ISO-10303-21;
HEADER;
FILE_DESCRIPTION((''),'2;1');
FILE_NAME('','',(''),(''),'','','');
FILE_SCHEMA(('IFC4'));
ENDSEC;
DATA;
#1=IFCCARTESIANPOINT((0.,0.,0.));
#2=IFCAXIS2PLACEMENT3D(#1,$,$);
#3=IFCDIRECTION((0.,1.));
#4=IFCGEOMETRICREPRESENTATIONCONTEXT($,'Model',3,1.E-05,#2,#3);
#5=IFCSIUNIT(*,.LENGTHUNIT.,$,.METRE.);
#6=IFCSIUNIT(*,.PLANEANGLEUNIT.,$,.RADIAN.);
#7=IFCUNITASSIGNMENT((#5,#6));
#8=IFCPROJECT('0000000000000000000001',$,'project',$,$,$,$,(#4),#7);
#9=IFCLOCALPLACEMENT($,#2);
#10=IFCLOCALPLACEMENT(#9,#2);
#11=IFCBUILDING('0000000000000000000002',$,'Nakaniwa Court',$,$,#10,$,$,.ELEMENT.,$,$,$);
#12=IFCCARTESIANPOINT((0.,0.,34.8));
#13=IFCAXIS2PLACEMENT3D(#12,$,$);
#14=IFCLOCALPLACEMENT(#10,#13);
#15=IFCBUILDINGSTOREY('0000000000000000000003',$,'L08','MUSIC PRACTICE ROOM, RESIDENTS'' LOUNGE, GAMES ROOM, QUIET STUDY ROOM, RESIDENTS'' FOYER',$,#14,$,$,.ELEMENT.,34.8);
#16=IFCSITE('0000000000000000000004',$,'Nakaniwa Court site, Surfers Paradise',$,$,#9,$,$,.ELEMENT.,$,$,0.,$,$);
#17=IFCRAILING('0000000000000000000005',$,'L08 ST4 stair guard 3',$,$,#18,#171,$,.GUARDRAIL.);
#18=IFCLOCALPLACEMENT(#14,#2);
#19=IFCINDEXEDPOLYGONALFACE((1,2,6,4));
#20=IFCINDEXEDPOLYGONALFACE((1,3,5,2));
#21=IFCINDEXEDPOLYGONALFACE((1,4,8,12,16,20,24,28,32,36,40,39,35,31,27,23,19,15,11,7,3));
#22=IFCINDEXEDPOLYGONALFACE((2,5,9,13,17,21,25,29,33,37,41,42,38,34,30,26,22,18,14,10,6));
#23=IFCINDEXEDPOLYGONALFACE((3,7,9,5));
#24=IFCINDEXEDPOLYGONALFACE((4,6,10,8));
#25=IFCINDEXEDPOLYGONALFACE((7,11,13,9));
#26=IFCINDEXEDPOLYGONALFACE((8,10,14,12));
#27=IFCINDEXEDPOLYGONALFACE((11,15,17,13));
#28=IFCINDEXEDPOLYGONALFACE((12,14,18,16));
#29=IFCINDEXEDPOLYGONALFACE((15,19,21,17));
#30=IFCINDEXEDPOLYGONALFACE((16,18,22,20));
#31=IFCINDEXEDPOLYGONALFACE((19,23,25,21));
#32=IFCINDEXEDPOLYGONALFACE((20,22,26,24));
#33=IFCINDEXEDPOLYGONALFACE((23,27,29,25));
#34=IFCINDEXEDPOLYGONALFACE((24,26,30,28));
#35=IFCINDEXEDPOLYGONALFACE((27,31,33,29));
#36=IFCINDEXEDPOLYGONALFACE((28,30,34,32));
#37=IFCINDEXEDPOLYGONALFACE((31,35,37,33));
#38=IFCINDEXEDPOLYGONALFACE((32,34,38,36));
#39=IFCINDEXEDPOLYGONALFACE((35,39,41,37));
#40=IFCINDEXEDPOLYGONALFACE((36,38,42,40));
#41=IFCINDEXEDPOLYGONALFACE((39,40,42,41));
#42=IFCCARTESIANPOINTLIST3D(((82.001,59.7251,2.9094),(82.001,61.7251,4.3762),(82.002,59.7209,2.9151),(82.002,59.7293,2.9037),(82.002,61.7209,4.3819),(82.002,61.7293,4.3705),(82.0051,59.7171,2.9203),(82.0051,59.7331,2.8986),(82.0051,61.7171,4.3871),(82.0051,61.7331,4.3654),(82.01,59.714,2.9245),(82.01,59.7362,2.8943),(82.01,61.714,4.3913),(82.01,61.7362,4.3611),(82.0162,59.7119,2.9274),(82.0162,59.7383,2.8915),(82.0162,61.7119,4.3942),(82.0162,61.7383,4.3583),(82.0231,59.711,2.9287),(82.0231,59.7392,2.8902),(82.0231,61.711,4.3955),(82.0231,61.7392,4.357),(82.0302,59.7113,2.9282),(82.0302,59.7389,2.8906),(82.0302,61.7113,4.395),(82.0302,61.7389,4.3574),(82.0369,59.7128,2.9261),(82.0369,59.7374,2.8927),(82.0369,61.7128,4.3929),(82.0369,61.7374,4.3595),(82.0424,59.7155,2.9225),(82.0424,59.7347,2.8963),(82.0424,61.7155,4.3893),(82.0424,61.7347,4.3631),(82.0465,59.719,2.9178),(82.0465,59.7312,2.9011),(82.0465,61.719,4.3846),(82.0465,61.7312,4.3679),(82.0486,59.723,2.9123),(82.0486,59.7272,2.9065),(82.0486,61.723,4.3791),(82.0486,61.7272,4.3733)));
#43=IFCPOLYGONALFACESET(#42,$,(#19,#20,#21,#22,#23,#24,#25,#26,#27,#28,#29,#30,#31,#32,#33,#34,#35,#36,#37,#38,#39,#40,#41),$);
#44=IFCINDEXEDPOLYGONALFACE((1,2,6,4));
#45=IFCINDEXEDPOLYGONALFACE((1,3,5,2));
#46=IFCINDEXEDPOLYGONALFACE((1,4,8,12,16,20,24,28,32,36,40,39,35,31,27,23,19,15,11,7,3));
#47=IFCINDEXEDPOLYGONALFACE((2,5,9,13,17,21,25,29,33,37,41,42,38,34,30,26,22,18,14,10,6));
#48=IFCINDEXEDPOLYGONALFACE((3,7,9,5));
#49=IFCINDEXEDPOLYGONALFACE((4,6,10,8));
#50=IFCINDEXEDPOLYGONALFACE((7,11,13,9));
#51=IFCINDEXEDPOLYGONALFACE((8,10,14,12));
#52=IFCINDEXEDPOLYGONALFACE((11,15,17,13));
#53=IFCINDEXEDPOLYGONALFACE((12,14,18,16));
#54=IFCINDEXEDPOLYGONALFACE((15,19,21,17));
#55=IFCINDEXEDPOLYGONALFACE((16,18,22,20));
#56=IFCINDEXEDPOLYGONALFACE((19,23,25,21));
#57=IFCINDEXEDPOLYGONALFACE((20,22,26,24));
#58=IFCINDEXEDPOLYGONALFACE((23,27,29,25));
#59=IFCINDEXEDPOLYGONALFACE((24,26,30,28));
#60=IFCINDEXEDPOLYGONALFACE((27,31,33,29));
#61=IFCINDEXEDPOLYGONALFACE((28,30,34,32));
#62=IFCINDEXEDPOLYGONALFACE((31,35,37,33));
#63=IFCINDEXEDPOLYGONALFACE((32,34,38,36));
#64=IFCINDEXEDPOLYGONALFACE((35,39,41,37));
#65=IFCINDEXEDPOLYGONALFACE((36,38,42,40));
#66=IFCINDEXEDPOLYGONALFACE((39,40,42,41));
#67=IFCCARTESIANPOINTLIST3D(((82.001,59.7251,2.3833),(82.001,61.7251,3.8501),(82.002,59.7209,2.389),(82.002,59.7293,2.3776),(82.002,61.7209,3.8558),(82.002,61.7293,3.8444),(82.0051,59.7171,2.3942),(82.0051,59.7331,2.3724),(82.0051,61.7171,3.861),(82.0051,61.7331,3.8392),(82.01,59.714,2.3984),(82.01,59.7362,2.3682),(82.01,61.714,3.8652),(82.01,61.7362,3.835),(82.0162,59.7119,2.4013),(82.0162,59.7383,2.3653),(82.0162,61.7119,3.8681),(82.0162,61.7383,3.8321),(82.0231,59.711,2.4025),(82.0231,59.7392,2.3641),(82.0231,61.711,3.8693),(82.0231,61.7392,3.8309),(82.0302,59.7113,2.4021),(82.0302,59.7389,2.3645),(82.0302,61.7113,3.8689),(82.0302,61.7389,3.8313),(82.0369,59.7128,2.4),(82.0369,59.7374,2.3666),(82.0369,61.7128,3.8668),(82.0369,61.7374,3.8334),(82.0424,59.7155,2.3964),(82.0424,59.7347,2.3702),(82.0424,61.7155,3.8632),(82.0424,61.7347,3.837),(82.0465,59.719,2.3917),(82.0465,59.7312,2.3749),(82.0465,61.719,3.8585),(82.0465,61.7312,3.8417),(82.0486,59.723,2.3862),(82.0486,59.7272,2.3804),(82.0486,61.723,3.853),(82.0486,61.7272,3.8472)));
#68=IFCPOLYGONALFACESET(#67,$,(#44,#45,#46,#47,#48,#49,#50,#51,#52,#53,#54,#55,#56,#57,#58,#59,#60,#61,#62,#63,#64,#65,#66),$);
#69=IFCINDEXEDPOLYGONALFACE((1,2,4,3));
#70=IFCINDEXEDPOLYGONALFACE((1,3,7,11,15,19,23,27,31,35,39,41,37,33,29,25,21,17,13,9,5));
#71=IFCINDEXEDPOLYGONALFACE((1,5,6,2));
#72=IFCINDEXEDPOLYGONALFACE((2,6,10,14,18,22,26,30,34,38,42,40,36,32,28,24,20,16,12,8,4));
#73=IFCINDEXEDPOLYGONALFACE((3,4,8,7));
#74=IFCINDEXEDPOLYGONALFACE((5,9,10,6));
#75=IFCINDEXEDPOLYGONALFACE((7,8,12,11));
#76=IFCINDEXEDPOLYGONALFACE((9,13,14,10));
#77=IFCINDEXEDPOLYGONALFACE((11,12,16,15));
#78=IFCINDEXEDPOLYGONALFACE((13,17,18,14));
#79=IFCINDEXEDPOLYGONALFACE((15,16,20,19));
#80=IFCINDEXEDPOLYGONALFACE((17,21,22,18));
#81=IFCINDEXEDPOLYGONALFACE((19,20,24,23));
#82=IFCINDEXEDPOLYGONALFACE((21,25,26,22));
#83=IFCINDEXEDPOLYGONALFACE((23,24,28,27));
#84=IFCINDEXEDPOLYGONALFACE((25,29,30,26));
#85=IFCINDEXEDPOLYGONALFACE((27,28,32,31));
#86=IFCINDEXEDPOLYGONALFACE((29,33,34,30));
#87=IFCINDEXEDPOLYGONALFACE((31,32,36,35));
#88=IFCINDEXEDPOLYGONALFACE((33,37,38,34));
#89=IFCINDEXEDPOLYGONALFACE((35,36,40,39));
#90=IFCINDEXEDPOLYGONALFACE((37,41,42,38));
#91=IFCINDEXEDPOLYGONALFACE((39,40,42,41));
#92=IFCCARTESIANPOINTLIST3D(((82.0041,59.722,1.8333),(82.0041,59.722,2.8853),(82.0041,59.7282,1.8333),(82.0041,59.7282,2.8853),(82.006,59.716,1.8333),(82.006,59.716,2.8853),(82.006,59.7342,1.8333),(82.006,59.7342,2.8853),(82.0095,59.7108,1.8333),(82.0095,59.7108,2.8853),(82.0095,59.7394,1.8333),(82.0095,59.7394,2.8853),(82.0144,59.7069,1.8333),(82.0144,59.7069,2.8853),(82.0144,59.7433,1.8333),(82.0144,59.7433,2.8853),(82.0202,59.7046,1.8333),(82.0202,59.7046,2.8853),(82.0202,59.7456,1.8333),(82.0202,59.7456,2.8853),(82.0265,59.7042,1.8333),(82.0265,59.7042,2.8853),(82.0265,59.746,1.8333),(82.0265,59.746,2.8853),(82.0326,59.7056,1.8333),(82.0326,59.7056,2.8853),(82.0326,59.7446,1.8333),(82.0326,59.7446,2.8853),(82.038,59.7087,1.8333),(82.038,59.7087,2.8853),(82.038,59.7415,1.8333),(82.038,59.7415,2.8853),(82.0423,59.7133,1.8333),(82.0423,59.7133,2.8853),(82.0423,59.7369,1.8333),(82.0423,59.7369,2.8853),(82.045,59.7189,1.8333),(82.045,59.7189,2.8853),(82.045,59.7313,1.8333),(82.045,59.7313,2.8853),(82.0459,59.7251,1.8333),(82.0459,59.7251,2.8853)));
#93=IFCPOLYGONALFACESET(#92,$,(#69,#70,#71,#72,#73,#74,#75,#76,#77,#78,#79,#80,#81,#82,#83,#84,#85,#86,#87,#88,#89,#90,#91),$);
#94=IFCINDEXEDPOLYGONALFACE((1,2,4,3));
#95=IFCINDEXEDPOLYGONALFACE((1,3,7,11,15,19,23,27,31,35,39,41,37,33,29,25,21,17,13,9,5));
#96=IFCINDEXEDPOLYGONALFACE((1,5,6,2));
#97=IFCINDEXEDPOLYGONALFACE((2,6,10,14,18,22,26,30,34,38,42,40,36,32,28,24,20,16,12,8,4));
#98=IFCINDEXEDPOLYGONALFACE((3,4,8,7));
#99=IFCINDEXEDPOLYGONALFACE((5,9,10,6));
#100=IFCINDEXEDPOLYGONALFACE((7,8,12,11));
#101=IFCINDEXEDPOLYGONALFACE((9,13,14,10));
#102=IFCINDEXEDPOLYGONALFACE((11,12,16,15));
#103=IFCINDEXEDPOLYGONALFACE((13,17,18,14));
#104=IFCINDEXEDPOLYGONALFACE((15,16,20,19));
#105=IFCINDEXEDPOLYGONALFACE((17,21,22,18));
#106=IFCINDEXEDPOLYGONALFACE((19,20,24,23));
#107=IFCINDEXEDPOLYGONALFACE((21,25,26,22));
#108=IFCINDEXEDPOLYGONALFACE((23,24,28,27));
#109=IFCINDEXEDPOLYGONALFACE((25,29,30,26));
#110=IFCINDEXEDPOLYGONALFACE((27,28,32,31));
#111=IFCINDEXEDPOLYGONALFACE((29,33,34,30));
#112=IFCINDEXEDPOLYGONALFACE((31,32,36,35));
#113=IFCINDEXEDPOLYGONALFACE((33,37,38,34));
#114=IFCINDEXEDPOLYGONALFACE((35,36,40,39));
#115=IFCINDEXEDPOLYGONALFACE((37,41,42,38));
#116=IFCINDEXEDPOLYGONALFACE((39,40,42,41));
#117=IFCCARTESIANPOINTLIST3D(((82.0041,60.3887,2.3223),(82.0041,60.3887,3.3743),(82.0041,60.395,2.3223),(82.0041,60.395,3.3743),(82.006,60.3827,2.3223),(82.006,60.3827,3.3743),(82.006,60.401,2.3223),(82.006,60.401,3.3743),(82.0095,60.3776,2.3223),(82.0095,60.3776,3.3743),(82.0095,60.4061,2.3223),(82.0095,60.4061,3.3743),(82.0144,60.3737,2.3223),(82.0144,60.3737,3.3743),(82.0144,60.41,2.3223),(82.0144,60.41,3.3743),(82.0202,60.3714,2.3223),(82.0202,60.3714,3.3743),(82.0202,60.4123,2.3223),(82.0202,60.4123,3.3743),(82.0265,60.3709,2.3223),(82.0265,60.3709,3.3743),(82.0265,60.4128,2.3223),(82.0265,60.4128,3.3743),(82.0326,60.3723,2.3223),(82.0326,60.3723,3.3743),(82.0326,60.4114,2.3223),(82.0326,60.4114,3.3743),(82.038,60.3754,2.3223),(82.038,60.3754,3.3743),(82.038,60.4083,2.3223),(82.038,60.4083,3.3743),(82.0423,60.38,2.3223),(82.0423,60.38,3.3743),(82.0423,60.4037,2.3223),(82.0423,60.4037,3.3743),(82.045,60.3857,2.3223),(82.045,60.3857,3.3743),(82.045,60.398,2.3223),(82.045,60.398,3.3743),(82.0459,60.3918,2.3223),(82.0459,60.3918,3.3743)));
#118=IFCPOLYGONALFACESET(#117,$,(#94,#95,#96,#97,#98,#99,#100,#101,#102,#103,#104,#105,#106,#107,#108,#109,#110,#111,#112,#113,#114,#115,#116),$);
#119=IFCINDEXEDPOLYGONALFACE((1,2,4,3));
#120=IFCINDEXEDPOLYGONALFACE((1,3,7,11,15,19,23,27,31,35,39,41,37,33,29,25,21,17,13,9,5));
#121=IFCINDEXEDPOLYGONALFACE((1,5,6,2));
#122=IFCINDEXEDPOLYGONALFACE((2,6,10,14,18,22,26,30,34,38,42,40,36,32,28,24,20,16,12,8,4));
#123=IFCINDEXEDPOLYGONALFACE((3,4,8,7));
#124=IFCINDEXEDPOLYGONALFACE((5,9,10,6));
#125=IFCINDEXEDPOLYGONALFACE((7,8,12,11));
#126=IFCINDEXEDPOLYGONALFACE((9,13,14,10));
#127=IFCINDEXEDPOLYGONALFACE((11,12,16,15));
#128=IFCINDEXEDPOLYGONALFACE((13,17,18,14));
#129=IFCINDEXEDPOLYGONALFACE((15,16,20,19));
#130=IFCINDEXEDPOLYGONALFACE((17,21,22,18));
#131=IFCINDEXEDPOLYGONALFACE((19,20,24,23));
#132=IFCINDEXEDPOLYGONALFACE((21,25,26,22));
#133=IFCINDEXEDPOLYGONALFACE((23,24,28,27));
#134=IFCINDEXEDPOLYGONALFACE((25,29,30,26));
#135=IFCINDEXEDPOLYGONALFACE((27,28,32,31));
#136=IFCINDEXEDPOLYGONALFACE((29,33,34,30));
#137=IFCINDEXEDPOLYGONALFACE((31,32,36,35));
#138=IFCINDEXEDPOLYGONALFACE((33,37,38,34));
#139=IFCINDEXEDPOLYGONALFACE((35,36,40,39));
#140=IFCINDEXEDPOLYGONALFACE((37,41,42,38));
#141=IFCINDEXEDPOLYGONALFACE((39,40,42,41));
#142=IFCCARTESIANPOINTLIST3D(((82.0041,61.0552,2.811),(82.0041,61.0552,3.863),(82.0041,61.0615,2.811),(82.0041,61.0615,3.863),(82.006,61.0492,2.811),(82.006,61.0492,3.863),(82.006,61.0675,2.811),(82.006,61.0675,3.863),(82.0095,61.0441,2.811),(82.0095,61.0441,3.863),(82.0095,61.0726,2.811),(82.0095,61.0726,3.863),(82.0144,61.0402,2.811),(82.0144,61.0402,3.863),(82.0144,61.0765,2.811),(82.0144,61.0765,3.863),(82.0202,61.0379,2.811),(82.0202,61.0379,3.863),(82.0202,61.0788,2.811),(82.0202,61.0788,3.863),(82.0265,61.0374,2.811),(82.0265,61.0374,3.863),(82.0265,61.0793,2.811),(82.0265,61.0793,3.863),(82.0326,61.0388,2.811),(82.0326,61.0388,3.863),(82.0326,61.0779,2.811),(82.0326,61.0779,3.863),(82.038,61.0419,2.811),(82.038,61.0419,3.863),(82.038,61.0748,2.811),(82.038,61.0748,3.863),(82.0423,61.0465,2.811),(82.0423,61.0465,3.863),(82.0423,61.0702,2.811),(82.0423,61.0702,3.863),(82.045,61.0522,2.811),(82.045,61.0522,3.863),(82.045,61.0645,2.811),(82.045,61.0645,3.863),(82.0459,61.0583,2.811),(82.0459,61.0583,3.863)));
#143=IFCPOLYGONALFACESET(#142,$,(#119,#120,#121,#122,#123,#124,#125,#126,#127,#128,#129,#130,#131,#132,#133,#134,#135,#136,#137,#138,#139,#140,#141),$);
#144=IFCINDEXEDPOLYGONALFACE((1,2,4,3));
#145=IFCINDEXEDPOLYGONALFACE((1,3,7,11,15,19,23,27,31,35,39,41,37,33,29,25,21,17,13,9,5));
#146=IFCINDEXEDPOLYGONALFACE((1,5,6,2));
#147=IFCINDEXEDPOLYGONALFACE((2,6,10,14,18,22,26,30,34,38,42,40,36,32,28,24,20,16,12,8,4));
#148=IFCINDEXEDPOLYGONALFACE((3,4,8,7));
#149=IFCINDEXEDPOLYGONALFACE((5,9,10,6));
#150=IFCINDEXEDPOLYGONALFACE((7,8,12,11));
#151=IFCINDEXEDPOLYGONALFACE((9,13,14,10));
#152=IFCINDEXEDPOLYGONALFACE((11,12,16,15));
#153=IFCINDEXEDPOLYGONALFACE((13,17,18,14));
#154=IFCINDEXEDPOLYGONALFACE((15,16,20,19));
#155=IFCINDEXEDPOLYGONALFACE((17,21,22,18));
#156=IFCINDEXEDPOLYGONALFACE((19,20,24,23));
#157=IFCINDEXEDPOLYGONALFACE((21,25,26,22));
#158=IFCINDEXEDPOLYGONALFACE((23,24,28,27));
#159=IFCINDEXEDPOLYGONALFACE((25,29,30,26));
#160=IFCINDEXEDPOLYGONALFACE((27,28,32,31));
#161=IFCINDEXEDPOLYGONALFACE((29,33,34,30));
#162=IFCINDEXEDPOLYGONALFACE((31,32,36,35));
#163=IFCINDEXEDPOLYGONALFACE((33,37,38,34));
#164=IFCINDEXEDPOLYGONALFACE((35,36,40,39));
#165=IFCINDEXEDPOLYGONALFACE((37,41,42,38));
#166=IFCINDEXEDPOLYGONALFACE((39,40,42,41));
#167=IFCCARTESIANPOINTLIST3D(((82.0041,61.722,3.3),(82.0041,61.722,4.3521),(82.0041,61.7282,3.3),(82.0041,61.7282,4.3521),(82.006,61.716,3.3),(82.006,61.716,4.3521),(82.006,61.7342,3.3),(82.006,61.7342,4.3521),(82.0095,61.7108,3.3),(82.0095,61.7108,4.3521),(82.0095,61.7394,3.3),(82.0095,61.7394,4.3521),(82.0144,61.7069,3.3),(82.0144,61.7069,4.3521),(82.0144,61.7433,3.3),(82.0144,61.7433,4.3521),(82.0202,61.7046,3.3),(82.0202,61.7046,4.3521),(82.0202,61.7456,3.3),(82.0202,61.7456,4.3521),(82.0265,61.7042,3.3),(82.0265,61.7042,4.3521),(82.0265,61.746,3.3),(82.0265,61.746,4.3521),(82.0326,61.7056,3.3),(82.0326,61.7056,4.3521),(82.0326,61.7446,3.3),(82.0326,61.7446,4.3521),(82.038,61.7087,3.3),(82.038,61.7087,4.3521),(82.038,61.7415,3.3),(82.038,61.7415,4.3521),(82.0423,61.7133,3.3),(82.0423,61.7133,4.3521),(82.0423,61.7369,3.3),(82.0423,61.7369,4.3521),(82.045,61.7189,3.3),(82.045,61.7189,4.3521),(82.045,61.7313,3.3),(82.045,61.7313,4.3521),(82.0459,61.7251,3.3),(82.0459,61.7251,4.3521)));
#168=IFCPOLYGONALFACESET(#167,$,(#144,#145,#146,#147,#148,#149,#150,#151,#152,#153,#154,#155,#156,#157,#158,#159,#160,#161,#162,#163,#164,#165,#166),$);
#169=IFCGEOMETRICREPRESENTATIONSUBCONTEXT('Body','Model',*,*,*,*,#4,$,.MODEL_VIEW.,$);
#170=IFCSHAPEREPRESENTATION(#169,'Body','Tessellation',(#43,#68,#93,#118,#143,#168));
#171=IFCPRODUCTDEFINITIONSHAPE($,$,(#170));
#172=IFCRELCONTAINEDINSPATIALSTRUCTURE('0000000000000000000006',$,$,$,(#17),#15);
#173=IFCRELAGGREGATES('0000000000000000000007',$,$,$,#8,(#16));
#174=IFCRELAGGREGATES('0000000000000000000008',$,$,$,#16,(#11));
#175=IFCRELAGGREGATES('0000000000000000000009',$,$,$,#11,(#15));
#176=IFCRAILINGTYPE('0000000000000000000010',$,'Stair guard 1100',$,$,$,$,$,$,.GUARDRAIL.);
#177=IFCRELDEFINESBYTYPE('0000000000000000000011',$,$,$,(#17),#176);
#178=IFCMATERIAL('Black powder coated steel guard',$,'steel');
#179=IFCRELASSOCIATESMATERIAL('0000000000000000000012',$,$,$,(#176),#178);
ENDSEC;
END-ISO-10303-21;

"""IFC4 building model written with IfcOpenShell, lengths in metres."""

from ifc_helpers import new_model, si_unit, direction, frame, origin, origin_2d, place, context, subcontext, project, spatial, circle, extrude, material, type_object, element, save


model = new_model("IFC4")

# Units and contexts
model_context = context("Model", 3, precision=1e-05, world=origin(), true_north=direction((0.0, 1.0)))
body_context = subcontext(model_context, "Body", "Model", "MODEL_VIEW")
ifc_project = project(units=[si_unit("LENGTHUNIT", "METRE"), si_unit("PLANEANGLEUNIT", "RADIAN")], contexts=[model_context])

# Site, building, storey
site_placement = place(None, origin())
site = spatial("IfcSite", under=ifc_project, at=site_placement, Name="Nakaniwa Court site, Surfers Paradise", CompositionType="ELEMENT", RefElevation=0.0)
building_placement = place(site_placement, origin())
building = spatial("IfcBuilding", under=site, at=building_placement, Name="Nakaniwa Court", CompositionType="ELEMENT")
storey_placement = place(building_placement, frame((0.0, 0.0, 34.8)))
storey = spatial("IfcBuildingStorey", under=building, at=storey_placement, Name="L08", Description="MUSIC PRACTICE ROOM, RESIDENTS' LOUNGE, GAMES ROOM, QUIET STUDY ROOM, RESIDENTS' FOYER", CompositionType="ELEMENT", Elevation=34.8)

# Railing
ifc_material_1 = material(Name="Black powder coated steel guard", Category="steel")
railing_type_1 = type_object("IfcRailingType", Name="Stair guard 1100", PredefinedType="GUARDRAIL", material=ifc_material_1)
railing_1_placement = place(storey_placement, frame((82.0249, 59.7251, 1.8333)))
element("IfcRailing", 1, at=railing_1_placement, inside=storey, type_object=railing_type_1, Name="L08 ST4 stair guard 3", PredefinedType="GUARDRAIL", context=body_context, shape_type="SweptSolid", body=[
    extrude(circle(Radius=0.0239, at=origin_2d()), frame((0.0, 0.0, 1.0762), z_axis=(0.0, 0.80638, 0.591398), x_axis=(-1.0, 0.0, 0.0)), (0.0, 0.0, 1.0), 2.4802),
    extrude(circle(Radius=0.0239, at=origin_2d()), frame((0.0, 0.0, 0.55), z_axis=(0.0, 0.80638, 0.591398), x_axis=(-1.0, 0.0, 0.0)), (0.0, 0.0, 1.0), 2.4802),
    extrude(circle(Radius=0.021, at=origin_2d()), origin(), (0.0, 0.0, 1.0), 1.052),
    extrude(circle(Radius=0.021, at=origin_2d()), frame((0.0, 0.6667, 0.489)), (0.0, 0.0, 1.0), 1.052),
    extrude(circle(Radius=0.021, at=origin_2d()), frame((0.0, 1.3333, 0.9778)), (0.0, 0.0, 1.0), 1.052),
    extrude(circle(Radius=0.021, at=origin_2d()), frame((0.0, 2.0, 1.4668)), (0.0, 0.0, 1.0), 1.052),
])

save(model, "model.ifc")
